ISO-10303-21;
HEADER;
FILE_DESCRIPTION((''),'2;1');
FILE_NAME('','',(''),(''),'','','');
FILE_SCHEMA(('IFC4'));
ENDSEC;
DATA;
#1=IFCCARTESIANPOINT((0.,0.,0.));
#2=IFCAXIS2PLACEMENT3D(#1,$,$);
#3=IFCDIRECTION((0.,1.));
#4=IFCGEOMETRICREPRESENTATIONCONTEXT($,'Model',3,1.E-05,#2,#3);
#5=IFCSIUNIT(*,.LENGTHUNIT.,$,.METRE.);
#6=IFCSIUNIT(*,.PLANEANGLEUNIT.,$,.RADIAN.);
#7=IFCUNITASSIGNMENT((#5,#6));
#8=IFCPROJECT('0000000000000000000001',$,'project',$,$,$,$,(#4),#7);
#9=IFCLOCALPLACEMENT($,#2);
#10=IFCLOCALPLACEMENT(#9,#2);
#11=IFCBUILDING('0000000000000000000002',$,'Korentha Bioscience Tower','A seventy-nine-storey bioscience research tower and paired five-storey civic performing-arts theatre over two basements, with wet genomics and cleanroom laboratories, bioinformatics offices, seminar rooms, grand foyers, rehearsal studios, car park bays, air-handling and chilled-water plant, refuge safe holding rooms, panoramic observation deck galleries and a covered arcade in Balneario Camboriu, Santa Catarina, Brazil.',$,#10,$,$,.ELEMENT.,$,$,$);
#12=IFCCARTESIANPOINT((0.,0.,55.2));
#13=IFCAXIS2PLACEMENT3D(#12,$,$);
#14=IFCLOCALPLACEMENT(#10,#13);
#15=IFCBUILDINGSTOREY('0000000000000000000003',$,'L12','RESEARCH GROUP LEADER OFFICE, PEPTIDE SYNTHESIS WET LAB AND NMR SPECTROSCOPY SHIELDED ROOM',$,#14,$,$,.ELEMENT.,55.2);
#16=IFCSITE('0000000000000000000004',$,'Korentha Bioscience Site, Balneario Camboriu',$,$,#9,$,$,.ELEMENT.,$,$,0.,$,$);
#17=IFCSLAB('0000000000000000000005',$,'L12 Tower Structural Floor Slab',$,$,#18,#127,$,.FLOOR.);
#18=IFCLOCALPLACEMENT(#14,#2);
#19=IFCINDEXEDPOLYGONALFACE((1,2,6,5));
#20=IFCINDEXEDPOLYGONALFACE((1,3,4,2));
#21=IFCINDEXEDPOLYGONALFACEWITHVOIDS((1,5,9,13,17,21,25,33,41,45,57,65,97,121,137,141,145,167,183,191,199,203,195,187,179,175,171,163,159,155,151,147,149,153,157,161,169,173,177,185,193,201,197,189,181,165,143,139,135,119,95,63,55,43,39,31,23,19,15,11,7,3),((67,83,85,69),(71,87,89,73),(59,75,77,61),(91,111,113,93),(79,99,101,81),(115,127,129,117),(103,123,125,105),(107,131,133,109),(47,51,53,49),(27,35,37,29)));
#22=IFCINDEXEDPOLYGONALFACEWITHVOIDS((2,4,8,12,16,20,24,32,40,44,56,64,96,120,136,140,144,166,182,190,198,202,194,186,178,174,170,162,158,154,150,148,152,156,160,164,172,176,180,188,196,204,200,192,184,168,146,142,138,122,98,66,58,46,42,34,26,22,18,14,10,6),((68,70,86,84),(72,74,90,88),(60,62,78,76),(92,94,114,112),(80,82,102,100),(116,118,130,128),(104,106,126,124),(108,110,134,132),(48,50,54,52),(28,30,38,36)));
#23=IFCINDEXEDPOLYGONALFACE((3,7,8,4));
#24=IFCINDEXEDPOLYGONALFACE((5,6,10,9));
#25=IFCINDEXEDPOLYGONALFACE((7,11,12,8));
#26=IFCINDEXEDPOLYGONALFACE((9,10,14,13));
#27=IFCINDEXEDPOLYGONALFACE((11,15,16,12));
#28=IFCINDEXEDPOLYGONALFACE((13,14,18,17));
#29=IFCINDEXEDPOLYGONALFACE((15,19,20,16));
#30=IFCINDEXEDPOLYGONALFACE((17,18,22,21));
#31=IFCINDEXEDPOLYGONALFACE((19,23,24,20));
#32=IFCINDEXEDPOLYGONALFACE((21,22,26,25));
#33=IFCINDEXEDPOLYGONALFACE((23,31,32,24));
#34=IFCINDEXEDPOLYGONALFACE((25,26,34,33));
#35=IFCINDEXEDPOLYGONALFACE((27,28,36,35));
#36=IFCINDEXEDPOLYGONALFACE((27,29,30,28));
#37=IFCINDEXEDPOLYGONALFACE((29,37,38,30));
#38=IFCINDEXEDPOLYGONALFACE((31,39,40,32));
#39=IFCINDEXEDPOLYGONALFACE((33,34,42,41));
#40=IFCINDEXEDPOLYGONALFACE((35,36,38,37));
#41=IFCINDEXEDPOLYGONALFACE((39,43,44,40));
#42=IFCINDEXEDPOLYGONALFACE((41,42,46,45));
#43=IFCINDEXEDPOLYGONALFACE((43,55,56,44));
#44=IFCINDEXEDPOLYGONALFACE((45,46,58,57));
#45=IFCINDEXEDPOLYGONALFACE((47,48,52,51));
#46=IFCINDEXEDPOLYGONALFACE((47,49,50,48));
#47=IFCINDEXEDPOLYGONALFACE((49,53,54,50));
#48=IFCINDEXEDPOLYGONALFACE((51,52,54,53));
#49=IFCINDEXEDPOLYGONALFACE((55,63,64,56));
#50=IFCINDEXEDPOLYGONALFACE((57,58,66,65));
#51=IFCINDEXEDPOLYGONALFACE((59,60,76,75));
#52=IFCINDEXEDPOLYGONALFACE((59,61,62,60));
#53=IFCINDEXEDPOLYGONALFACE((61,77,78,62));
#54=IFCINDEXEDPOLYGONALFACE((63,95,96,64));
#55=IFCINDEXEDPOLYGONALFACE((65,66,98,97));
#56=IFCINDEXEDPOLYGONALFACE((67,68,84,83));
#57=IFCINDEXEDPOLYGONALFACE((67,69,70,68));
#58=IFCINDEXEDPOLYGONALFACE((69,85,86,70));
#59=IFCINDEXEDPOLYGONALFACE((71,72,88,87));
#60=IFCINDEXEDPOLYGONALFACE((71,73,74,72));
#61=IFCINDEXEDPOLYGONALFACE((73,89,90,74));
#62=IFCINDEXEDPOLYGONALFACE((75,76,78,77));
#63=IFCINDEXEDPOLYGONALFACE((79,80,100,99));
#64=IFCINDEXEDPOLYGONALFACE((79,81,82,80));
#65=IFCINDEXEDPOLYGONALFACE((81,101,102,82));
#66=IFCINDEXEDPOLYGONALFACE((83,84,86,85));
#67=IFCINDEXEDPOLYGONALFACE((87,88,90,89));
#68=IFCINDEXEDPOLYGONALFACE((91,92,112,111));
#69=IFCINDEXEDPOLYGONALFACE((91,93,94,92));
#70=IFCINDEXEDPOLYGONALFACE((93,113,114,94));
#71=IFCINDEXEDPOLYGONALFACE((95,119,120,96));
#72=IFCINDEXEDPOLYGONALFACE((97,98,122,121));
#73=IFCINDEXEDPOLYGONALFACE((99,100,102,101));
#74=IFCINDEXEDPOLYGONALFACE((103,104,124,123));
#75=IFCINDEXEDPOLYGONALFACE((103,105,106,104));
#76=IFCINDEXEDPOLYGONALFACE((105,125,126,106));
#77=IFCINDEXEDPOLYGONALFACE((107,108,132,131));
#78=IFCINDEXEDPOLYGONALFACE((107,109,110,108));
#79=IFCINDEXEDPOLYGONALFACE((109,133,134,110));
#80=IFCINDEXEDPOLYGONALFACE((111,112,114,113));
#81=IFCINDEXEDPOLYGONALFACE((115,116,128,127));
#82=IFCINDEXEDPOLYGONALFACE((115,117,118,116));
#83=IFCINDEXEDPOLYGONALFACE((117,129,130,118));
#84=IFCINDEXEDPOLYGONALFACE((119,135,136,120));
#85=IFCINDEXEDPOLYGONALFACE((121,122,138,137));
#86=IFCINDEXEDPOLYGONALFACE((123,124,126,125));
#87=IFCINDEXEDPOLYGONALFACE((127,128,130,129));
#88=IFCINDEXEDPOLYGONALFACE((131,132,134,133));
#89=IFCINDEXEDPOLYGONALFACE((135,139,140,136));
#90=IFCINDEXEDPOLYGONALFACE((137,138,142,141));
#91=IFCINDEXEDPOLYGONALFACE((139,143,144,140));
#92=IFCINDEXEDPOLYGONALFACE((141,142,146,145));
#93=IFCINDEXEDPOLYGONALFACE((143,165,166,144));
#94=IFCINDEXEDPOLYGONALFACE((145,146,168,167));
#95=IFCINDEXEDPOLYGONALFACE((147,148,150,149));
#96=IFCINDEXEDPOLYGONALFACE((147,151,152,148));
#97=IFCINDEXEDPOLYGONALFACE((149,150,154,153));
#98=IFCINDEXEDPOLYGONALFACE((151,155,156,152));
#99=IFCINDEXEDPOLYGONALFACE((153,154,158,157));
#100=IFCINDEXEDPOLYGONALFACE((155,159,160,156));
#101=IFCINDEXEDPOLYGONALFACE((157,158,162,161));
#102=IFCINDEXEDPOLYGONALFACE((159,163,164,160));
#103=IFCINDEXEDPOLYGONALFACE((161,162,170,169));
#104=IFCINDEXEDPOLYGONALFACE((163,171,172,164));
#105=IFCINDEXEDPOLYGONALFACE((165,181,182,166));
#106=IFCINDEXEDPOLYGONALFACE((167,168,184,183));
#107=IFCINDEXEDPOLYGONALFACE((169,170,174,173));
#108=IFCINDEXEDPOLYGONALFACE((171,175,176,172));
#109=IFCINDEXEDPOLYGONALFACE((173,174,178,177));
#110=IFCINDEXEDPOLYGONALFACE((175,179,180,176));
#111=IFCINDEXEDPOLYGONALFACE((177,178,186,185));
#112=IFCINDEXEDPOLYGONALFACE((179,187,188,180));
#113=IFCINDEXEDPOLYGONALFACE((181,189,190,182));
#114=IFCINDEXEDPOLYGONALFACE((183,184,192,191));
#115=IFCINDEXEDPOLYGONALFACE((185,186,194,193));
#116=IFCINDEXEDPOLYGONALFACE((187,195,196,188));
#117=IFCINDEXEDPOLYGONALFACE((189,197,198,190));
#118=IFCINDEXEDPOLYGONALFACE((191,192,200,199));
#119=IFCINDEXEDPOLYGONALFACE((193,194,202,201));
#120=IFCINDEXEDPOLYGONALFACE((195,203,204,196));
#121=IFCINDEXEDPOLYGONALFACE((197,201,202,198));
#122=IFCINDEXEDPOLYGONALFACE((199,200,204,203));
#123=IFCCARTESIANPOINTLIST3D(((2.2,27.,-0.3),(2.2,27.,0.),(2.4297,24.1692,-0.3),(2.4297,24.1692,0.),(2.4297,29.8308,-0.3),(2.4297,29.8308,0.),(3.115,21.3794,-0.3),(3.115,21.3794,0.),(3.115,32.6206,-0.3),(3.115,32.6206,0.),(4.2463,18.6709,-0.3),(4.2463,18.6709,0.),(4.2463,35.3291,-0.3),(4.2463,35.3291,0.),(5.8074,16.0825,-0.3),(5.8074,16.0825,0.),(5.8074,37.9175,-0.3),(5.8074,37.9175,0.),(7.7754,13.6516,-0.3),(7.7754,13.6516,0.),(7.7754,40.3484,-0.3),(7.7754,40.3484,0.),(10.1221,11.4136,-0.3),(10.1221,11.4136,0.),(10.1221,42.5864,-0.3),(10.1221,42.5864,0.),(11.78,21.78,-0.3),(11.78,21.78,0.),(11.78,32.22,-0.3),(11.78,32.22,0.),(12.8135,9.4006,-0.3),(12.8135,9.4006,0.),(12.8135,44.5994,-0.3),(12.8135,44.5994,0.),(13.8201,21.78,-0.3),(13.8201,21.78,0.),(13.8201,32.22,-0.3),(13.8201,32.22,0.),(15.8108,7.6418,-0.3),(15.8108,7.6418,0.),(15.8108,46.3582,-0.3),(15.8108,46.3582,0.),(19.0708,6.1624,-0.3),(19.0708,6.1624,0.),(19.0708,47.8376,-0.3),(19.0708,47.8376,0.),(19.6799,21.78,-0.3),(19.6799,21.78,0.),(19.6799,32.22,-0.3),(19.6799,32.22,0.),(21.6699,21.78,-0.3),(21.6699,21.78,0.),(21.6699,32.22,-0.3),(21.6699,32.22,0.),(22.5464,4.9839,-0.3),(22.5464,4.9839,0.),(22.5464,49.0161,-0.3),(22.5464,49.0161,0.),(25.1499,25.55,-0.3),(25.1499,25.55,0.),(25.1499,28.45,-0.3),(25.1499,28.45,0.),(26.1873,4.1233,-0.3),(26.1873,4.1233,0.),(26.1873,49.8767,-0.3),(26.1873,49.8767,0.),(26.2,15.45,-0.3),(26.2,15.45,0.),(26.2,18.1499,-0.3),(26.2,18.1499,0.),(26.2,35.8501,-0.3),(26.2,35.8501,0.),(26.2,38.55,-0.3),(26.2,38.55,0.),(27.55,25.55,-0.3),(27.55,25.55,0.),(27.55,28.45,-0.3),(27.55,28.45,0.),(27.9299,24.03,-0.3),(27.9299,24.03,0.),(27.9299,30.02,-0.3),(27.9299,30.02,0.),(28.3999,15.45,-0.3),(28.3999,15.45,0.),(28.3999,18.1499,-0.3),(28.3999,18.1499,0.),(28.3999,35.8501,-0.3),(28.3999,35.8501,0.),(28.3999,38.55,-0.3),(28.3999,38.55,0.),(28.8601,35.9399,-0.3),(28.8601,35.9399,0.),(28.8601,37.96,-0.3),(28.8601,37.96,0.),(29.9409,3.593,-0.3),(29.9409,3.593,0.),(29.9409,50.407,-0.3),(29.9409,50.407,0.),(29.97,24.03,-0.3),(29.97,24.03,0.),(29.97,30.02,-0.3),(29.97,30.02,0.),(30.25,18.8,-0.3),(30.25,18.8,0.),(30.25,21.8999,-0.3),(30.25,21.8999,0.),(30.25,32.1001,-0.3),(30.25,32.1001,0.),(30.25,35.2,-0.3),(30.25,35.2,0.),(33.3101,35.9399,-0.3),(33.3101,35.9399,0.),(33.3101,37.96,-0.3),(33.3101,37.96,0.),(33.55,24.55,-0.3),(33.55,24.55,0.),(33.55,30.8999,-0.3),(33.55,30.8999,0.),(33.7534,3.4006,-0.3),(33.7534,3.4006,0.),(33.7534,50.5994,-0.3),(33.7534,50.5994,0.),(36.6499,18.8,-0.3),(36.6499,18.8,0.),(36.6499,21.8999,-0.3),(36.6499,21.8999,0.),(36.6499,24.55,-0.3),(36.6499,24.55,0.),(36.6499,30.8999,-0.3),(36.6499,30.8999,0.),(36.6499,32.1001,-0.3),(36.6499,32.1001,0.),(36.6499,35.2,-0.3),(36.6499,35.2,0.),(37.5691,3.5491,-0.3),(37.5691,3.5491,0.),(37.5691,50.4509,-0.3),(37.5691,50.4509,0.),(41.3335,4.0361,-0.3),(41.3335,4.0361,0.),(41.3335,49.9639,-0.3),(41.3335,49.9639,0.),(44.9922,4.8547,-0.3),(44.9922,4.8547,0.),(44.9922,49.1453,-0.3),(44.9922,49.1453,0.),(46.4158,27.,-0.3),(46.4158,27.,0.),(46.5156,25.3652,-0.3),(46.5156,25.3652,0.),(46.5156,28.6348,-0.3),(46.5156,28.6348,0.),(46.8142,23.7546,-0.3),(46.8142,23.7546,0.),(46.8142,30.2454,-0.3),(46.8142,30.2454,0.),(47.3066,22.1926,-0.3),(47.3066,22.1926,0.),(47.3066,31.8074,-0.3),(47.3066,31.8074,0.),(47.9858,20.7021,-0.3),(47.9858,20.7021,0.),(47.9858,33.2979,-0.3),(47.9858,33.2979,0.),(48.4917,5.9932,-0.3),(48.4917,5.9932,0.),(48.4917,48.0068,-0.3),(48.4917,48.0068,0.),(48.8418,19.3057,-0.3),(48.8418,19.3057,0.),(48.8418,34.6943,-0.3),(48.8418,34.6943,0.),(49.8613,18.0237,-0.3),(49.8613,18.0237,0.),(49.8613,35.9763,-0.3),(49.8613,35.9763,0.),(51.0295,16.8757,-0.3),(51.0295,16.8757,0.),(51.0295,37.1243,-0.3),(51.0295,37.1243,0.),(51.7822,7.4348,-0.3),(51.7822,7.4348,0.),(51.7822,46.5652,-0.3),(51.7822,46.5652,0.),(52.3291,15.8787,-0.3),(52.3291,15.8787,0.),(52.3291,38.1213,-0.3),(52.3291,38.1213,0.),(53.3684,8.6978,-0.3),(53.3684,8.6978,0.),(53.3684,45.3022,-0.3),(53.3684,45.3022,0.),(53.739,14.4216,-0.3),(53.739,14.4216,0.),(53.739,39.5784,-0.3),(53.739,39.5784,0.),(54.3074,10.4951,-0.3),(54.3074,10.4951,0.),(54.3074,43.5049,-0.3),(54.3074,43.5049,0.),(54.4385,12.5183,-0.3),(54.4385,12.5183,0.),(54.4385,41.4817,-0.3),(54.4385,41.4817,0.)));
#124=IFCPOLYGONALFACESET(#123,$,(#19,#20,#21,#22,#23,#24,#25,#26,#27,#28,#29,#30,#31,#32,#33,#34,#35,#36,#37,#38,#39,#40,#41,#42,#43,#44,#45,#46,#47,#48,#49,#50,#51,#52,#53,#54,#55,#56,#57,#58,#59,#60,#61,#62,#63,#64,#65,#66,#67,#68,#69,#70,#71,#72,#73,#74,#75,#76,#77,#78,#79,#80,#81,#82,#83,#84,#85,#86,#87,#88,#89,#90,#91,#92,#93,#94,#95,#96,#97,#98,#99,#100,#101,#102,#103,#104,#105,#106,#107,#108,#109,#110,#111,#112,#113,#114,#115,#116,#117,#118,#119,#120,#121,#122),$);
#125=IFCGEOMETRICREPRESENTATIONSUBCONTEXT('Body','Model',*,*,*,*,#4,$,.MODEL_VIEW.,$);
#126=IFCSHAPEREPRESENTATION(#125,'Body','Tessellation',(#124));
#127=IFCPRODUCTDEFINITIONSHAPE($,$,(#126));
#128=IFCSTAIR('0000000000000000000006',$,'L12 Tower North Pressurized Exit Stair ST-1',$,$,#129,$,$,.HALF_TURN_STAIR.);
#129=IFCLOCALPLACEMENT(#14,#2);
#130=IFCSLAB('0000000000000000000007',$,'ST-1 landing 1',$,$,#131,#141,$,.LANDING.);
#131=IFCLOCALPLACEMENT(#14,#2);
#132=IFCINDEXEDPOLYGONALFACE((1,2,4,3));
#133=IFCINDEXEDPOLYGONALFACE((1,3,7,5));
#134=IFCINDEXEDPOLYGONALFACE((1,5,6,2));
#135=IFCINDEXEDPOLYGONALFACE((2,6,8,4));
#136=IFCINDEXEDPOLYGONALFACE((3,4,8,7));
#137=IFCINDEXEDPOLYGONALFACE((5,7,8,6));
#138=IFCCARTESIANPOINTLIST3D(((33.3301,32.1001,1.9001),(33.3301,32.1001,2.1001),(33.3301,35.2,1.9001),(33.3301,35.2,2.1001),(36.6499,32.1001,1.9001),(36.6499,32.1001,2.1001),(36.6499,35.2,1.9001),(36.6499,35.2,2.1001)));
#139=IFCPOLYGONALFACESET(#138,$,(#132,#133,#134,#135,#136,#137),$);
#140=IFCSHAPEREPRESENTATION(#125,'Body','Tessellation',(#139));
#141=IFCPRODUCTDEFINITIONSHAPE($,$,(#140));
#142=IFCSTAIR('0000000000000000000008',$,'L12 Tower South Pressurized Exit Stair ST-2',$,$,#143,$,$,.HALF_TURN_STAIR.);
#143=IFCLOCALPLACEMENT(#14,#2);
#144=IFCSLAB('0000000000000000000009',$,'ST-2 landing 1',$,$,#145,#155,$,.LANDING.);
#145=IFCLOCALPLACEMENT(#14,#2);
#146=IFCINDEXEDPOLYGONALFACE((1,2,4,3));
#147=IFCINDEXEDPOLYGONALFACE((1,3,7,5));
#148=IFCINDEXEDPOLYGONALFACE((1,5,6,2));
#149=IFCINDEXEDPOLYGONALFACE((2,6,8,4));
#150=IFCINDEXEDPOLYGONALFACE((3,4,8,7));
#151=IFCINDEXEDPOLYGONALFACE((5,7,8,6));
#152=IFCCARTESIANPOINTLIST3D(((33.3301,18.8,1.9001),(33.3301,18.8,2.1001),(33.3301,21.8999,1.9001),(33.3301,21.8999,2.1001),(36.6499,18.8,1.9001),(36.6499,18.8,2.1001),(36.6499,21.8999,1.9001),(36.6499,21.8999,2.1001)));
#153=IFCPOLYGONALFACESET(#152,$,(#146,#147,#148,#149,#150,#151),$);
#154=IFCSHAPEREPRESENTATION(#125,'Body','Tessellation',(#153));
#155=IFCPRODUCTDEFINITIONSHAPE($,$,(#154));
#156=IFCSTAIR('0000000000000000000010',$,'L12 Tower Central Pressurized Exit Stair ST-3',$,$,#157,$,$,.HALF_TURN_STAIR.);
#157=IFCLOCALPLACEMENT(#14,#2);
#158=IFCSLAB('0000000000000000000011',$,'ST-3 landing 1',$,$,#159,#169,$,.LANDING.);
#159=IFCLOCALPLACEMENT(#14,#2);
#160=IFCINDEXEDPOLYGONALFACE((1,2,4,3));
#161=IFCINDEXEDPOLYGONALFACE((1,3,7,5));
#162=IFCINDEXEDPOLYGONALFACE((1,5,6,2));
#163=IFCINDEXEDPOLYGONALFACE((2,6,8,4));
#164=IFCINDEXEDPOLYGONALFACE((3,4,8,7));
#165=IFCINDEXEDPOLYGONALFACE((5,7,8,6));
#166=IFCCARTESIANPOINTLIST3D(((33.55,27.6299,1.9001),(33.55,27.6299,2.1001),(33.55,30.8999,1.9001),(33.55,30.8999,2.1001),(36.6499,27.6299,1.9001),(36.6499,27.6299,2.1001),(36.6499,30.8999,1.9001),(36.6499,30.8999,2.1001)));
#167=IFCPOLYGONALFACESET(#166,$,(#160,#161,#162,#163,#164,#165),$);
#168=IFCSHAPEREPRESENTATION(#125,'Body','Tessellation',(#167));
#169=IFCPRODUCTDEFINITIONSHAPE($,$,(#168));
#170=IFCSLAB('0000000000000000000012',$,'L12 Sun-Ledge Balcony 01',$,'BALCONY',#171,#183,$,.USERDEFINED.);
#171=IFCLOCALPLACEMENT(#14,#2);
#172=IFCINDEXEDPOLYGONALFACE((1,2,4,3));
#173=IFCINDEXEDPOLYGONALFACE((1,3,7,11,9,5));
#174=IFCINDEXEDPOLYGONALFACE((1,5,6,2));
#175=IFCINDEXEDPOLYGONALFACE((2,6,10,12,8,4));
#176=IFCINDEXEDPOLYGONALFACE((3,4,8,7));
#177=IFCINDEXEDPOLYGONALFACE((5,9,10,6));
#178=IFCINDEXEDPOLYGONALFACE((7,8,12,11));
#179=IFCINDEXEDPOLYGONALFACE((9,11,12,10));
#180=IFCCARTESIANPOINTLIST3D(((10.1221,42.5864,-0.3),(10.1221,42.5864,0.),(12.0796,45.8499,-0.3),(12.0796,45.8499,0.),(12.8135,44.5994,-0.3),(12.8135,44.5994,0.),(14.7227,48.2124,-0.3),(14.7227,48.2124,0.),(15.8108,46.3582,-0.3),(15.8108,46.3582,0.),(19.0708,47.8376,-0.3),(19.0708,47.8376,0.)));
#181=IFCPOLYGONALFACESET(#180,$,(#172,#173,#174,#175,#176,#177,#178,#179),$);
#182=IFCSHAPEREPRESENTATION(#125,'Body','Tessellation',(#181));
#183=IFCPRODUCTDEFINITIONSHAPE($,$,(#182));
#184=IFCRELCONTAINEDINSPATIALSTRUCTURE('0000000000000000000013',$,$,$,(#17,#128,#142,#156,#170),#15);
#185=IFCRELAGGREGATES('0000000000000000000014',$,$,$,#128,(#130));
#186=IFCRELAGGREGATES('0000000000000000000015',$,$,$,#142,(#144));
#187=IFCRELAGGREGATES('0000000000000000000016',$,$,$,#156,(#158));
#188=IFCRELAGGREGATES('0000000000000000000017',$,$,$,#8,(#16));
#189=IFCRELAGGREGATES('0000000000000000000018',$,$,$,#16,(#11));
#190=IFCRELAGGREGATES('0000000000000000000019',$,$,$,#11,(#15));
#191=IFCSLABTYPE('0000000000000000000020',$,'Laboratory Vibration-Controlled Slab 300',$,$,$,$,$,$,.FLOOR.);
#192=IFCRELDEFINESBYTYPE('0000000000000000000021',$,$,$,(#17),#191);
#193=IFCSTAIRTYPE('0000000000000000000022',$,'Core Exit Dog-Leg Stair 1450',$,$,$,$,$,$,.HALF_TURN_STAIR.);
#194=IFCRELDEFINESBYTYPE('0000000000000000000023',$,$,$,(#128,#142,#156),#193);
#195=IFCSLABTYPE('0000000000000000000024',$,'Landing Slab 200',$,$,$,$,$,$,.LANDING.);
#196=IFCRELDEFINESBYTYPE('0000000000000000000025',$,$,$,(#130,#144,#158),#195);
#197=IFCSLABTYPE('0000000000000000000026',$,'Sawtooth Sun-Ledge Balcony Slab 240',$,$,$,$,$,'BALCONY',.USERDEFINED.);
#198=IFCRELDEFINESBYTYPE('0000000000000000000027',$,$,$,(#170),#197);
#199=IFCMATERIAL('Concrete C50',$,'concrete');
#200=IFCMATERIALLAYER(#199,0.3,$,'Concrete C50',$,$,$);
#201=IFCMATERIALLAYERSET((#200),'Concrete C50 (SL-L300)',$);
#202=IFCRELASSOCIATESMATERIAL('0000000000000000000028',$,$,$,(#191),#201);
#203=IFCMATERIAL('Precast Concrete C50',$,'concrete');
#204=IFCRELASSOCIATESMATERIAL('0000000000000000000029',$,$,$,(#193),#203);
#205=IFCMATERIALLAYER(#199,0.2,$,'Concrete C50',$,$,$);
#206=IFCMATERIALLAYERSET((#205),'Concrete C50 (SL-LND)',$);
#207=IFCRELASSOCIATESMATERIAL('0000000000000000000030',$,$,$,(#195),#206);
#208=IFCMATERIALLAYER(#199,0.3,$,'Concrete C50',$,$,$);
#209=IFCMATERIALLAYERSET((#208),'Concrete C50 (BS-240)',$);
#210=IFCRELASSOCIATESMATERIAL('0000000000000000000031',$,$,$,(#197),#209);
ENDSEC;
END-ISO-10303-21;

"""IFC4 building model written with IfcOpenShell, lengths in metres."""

from ifc_helpers import new_model, si_unit, direction, frame, origin, place, context, subcontext, project, spatial, polyline, outline, extrude, material, layer, layer_set, type_object, element, aggregate, save


model = new_model("IFC4")

# Units and contexts
model_context = context("Model", 3, precision=1e-05, world=origin(), true_north=direction((0.0, 1.0)))
body_context = subcontext(model_context, "Body", "Model", "MODEL_VIEW")
ifc_project = project(units=[si_unit("LENGTHUNIT", "METRE"), si_unit("PLANEANGLEUNIT", "RADIAN")], contexts=[model_context])

# Site, building, storey
site_placement = place(None, origin())
site = spatial("IfcSite", under=ifc_project, at=site_placement, Name="Korentha Bioscience Site, Balneario Camboriu", CompositionType="ELEMENT", RefElevation=0.0)
building_placement = place(site_placement, origin())
building = spatial("IfcBuilding", under=site, at=building_placement, Name="Korentha Bioscience Tower", Description="A seventy-nine-storey bioscience research tower and paired five-storey civic performing-arts theatre over two basements, with wet genomics and cleanroom laboratories, bioinformatics offices, seminar rooms, grand foyers, rehearsal studios, car park bays, air-handling and chilled-water plant, refuge safe holding rooms, panoramic observation deck galleries and a covered arcade in Balneario Camboriu, Santa Catarina, Brazil.", CompositionType="ELEMENT")
storey_placement = place(building_placement, frame((0.0, 0.0, 55.2)))
storey = spatial("IfcBuildingStorey", under=building, at=storey_placement, Name="L12", Description="RESEARCH GROUP LEADER OFFICE, PEPTIDE SYNTHESIS WET LAB AND NMR SPECTROSCOPY SHIELDED ROOM", CompositionType="ELEMENT", Elevation=55.2)

# Slab
ifc_material_1 = material(Name="Concrete C50", Category="concrete")
ifc_layer_1 = layer(ifc_material_1, 0.3, Name="Concrete C50")
ifc_layer_set_1 = layer_set([ifc_layer_1], Name="Concrete C50 (SL-L300)")
slab_type_1 = type_object("IfcSlabType", Name="Laboratory Vibration-Controlled Slab 300", PredefinedType="FLOOR", material=ifc_layer_set_1)
slab_1_placement = place(storey_placement, frame((0.0, 0.0, -0.3)))
element("IfcSlab", 1, at=slab_1_placement, inside=storey, type_object=slab_type_1, Name="L12 Tower Structural Floor Slab", PredefinedType="FLOOR", context=body_context, shape_type="SweptSolid", body=[
    extrude(outline(polyline([(51.7822, 46.5652), (48.4917, 48.0068), (44.9922, 49.1453), (41.3335, 49.9639), (37.5691, 50.4509), (33.7534, 50.5994), (29.9409, 50.407), (26.1873, 49.8767), (22.5464, 49.0161), (19.0708, 47.8376), (15.8108, 46.3582), (12.8135, 44.5994), (10.1221, 42.5864), (7.7754, 40.3484), (5.8074, 37.9175), (4.2463, 35.3291), (3.115, 32.6206), (2.4297, 29.8308), (2.2, 27.0), (2.4297, 24.1692), (3.115, 21.3794), (4.2463, 18.6709), (5.8074, 16.0825), (7.7754, 13.6516), (10.1221, 11.4136), (12.8135, 9.4006), (15.8108, 7.6418), (19.0708, 6.1624), (22.5464, 4.9839), (26.1873, 4.1233), (29.9409, 3.593), (33.7534, 3.4006), (37.5691, 3.5491), (41.3335, 4.0361), (44.9922, 4.8547), (48.4917, 5.9932), (51.7822, 7.4348), (53.3684, 8.6978), (54.3074, 10.4951), (54.4385, 12.5183), (53.739, 14.4216), (52.3291, 15.8787), (51.0295, 16.8757), (49.8613, 18.0237), (48.8418, 19.3057), (47.9858, 20.7021), (47.3066, 22.1926), (46.8142, 23.7546), (46.5156, 25.3652), (46.4158, 27.0), (46.5156, 28.6348), (46.8142, 30.2454), (47.3066, 31.8074), (47.9858, 33.2979), (48.8418, 34.6943), (49.8613, 35.9763), (51.0295, 37.1243), (52.3291, 38.1213), (53.739, 39.5784), (54.4385, 41.4817), (54.3074, 43.5049), (53.3684, 45.3022), (51.7822, 46.5652)]), holes=[polyline([(30.25, 32.1001), (36.6499, 32.1001), (36.6499, 35.2), (30.25, 35.2), (30.25, 32.1001)]), polyline([(30.25, 18.8), (36.6499, 18.8), (36.6499, 21.8999), (30.25, 21.8999), (30.25, 18.8)]), polyline([(36.6499, 24.55), (36.6499, 30.8999), (33.55, 30.8999), (33.55, 24.55), (36.6499, 24.55)]), polyline([(11.78, 21.78), (13.8201, 21.78), (13.8201, 32.22), (11.78, 32.22), (11.78, 21.78)]), polyline([(19.6799, 21.78), (21.6699, 21.78), (21.6699, 32.22), (19.6799, 32.22), (19.6799, 21.78)]), polyline([(27.9299, 24.03), (29.97, 24.03), (29.97, 30.02), (27.9299, 30.02), (27.9299, 24.03)]), polyline([(28.8601, 35.9399), (33.3101, 35.9399), (33.3101, 37.96), (28.8601, 37.96), (28.8601, 35.9399)]), polyline([(26.2, 15.45), (28.3999, 15.45), (28.3999, 18.1499), (26.2, 18.1499), (26.2, 15.45)]), polyline([(26.2, 35.8501), (28.3999, 35.8501), (28.3999, 38.55), (26.2, 38.55), (26.2, 35.8501)]), polyline([(25.1499, 25.55), (27.55, 25.55), (27.55, 28.45), (25.1499, 28.45), (25.1499, 25.55)])]), origin(), (0.0, 0.0, 1.0), 0.3),
])

# Stairs, slabs
ifc_material_2 = material(Name="Precast Concrete C50", Category="concrete")
stair_type = type_object("IfcStairType", Name="Core Exit Dog-Leg Stair 1450", PredefinedType="HALF_TURN_STAIR", material=ifc_material_2)
stair_1_placement = place(storey_placement, origin())
stair_1 = element("IfcStair", 2, at=stair_1_placement, inside=storey, type_object=stair_type, Name="L12 Tower North Pressurized Exit Stair ST-1", PredefinedType="HALF_TURN_STAIR")
ifc_layer_2 = layer(ifc_material_1, 0.2, Name="Concrete C50")
ifc_layer_set_2 = layer_set([ifc_layer_2], Name="Concrete C50 (SL-LND)")
slab_type_2 = type_object("IfcSlabType", Name="Landing Slab 200", PredefinedType="LANDING", material=ifc_layer_set_2)
slab_2_placement = place(storey_placement, frame((0.0, 0.0, 1.9001)))
slab_2 = element("IfcSlab", 3, at=slab_2_placement, type_object=slab_type_2, Name="ST-1 landing 1", PredefinedType="LANDING", context=body_context, shape_type="SweptSolid", body=[
    extrude(outline(polyline([(33.3301, 32.1001), (36.6499, 32.1001), (36.6499, 35.2), (33.3301, 35.2), (33.3301, 32.1001)])), origin(), (0.0, 0.0, 1.0), 0.2),
])
aggregate(stair_1, [slab_2])
stair_2_placement = place(storey_placement, origin())
stair_2 = element("IfcStair", 4, at=stair_2_placement, inside=storey, type_object=stair_type, Name="L12 Tower South Pressurized Exit Stair ST-2", PredefinedType="HALF_TURN_STAIR")
slab_3_placement = place(storey_placement, frame((0.0, 0.0, 1.9001)))
slab_3 = element("IfcSlab", 5, at=slab_3_placement, type_object=slab_type_2, Name="ST-2 landing 1", PredefinedType="LANDING", context=body_context, shape_type="SweptSolid", body=[
    extrude(outline(polyline([(33.3301, 18.8), (36.6499, 18.8), (36.6499, 21.8999), (33.3301, 21.8999), (33.3301, 18.8)])), origin(), (0.0, 0.0, 1.0), 0.2),
])
aggregate(stair_2, [slab_3])
stair_3_placement = place(storey_placement, origin())
stair_3 = element("IfcStair", 6, at=stair_3_placement, inside=storey, type_object=stair_type, Name="L12 Tower Central Pressurized Exit Stair ST-3", PredefinedType="HALF_TURN_STAIR")
slab_4_placement = place(storey_placement, frame((0.0, 0.0, 1.9001)))
slab_4 = element("IfcSlab", 7, at=slab_4_placement, type_object=slab_type_2, Name="ST-3 landing 1", PredefinedType="LANDING", context=body_context, shape_type="SweptSolid", body=[
    extrude(outline(polyline([(36.6499, 27.6299), (36.6499, 30.8999), (33.55, 30.8999), (33.55, 27.6299), (36.6499, 27.6299)])), origin(), (0.0, 0.0, 1.0), 0.2),
])
aggregate(stair_3, [slab_4])

# Slab
ifc_layer_3 = layer(ifc_material_1, 0.3, Name="Concrete C50")
ifc_layer_set_3 = layer_set([ifc_layer_3], Name="Concrete C50 (BS-240)")
slab_type_3 = type_object("IfcSlabType", Name="Sawtooth Sun-Ledge Balcony Slab 240", ElementType="BALCONY", PredefinedType="USERDEFINED", material=ifc_layer_set_3)
slab_5_placement = place(storey_placement, frame((0.0, 0.0, -0.3)))
element("IfcSlab", 8, at=slab_5_placement, inside=storey, type_object=slab_type_3, Name="L12 Sun-Ledge Balcony 01", ObjectType="BALCONY", PredefinedType="USERDEFINED", context=body_context, shape_type="SweptSolid", body=[
    extrude(outline(polyline([(10.1221, 42.5864), (12.8135, 44.5994), (15.8108, 46.3582), (19.0708, 47.8376), (14.7227, 48.2124), (12.0796, 45.8499), (10.1221, 42.5864)])), origin(), (0.0, 0.0, 1.0), 0.3),
])

save(model, "model.ifc")
